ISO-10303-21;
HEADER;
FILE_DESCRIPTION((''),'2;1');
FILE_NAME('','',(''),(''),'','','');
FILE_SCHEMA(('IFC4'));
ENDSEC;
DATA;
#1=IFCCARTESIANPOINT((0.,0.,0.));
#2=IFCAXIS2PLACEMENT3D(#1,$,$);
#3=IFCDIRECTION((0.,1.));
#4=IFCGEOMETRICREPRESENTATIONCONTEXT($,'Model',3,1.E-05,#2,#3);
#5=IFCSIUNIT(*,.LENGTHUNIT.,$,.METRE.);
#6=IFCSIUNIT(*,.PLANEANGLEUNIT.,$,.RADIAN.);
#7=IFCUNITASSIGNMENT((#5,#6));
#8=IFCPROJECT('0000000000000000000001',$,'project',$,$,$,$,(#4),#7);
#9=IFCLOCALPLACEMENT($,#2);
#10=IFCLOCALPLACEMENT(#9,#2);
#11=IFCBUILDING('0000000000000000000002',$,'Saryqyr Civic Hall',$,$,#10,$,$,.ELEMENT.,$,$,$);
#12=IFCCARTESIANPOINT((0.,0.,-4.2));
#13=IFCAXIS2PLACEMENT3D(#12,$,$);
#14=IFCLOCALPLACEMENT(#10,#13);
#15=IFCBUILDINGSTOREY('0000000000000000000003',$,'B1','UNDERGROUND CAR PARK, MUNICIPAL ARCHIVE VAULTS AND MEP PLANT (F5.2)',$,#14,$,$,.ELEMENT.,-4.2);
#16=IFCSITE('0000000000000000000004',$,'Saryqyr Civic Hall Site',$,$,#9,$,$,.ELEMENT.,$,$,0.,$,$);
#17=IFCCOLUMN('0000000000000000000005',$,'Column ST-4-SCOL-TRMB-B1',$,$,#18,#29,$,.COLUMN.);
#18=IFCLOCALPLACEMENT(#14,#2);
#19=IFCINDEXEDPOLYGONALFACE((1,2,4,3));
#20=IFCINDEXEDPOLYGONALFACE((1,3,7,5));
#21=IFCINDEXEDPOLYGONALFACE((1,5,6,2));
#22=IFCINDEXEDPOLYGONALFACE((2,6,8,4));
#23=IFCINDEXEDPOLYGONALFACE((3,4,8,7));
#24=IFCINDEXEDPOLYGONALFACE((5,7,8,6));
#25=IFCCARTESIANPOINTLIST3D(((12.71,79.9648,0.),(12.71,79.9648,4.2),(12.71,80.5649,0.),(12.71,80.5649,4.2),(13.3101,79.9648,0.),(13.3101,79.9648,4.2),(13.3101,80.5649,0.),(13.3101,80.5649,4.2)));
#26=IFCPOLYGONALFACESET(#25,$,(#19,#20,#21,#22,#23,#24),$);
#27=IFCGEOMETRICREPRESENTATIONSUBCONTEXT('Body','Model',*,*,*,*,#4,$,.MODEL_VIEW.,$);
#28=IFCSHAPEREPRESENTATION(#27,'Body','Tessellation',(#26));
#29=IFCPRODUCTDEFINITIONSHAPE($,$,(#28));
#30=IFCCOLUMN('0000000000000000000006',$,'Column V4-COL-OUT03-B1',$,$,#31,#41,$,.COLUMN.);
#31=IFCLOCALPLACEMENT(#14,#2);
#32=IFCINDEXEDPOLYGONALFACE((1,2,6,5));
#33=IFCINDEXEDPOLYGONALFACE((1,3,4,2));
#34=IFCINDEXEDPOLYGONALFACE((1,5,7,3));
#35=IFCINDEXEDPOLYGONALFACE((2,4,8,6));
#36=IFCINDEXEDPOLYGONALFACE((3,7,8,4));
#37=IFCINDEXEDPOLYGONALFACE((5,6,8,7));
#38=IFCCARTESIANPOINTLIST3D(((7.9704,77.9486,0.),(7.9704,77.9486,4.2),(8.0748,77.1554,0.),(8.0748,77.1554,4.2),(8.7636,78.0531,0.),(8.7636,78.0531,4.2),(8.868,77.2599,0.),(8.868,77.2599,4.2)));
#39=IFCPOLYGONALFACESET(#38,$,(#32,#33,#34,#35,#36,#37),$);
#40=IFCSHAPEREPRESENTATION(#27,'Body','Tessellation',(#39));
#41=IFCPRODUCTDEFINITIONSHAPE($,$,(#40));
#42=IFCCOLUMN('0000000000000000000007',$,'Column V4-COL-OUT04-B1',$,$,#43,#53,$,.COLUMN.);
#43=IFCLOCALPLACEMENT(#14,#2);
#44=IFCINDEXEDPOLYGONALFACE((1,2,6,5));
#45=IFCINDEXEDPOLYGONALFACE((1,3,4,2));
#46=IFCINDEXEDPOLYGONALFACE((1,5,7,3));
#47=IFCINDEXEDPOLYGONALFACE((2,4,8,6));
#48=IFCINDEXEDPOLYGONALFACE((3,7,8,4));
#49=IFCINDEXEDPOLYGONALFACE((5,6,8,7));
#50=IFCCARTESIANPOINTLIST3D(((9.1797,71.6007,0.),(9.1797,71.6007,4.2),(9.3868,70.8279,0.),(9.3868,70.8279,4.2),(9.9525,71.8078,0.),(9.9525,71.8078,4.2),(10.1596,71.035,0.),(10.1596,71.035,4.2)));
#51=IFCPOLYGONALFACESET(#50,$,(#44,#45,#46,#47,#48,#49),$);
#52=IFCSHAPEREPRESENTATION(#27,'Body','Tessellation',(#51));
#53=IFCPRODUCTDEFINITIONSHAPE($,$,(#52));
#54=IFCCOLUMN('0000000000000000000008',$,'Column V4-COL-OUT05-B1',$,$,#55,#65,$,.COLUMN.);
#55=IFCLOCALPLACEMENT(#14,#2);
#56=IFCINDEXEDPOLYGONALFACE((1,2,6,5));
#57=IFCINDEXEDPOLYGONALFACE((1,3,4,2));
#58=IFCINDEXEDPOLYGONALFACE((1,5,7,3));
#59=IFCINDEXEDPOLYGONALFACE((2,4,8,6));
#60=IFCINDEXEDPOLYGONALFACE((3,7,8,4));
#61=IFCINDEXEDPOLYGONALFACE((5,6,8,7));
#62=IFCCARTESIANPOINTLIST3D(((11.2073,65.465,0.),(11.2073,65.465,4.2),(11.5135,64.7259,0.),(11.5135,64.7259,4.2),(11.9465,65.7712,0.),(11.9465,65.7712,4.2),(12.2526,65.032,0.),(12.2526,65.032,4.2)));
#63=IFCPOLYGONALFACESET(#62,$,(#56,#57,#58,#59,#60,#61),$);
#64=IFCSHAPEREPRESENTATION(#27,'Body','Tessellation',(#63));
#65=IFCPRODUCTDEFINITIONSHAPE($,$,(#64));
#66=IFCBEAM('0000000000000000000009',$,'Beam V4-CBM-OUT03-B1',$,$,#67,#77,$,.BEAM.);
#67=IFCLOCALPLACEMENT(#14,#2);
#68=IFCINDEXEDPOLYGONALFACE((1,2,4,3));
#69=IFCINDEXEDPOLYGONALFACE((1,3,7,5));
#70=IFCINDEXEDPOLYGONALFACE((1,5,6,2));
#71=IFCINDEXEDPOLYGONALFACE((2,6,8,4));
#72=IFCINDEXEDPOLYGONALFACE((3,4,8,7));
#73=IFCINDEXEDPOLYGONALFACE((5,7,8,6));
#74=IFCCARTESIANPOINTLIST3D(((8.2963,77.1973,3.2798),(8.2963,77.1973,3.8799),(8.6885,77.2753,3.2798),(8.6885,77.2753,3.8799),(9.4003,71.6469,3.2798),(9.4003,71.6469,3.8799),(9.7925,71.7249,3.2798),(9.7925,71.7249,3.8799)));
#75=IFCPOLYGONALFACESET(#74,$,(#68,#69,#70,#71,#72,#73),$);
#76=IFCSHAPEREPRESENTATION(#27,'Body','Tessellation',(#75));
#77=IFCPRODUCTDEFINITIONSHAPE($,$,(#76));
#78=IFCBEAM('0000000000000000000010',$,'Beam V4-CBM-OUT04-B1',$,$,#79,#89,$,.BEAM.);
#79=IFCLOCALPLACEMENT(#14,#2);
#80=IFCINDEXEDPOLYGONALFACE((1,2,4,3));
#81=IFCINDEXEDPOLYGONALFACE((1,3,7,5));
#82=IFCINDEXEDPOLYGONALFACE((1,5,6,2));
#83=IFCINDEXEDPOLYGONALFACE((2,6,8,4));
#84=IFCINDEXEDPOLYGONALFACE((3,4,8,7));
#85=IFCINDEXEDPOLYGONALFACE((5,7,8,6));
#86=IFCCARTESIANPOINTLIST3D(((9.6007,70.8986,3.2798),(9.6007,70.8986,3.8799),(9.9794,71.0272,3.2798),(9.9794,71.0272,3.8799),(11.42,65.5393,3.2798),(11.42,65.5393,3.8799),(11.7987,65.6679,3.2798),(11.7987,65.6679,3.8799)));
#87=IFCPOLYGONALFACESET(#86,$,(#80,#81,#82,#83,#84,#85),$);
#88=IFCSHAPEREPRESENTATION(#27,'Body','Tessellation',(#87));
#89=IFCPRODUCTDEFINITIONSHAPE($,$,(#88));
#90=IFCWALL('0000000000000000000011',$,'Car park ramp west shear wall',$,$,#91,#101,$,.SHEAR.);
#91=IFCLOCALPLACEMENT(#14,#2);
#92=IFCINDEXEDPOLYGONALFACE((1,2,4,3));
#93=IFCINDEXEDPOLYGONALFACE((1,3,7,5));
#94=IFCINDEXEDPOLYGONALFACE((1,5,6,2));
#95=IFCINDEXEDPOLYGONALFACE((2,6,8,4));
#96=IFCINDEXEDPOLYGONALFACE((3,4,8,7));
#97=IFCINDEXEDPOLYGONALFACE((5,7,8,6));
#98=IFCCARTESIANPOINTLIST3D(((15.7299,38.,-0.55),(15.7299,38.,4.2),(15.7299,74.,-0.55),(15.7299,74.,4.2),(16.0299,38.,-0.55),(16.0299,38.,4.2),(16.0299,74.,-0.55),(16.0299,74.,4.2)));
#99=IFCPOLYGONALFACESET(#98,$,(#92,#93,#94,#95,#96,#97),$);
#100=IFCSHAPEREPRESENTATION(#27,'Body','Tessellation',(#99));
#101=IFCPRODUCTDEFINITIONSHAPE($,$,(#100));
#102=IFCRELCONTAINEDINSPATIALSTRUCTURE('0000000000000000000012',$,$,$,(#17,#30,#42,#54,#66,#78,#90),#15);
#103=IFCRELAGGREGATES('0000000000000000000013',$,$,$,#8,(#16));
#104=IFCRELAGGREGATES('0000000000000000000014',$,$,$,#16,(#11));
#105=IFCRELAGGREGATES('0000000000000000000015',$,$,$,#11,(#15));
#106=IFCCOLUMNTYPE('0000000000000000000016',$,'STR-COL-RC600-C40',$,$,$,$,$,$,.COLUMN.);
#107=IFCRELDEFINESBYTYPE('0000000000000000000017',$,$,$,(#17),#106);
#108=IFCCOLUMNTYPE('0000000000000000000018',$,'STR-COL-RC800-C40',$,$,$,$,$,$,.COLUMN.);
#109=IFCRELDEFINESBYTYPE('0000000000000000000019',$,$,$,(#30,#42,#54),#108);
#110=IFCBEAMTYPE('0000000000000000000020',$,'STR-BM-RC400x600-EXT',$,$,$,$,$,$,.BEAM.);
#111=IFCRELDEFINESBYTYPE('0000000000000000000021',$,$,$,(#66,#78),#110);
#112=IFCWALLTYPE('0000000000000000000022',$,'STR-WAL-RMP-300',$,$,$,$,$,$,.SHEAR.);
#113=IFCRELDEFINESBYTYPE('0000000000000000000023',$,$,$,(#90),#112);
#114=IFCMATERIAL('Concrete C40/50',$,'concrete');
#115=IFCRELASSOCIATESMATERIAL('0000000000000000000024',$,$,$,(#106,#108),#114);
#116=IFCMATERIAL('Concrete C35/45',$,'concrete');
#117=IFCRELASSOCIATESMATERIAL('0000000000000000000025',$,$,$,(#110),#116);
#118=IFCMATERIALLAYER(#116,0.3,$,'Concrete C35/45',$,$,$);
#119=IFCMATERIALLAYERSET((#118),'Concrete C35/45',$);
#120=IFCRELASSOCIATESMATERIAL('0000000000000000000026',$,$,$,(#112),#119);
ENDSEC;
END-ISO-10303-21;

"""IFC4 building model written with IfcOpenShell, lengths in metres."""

from ifc_helpers import new_model, si_unit, direction, frame, frame_2d, origin, origin_2d, place, context, subcontext, project, spatial, rectangle, extrude, material, layer, layer_set, material_profile, profile_set, type_object, element, save


model = new_model("IFC4")

# Units and contexts
model_context = context("Model", 3, precision=1e-05, world=origin(), true_north=direction((0.0, 1.0)))
body_context = subcontext(model_context, "Body", "Model", "MODEL_VIEW")
ifc_project = project(units=[si_unit("LENGTHUNIT", "METRE"), si_unit("PLANEANGLEUNIT", "RADIAN")], contexts=[model_context])

# Site, building, storey
site_placement = place(None, origin())
site = spatial("IfcSite", under=ifc_project, at=site_placement, Name="Saryqyr Civic Hall Site", CompositionType="ELEMENT", RefElevation=0.0)
building_placement = place(site_placement, origin())
building = spatial("IfcBuilding", under=site, at=building_placement, Name="Saryqyr Civic Hall", CompositionType="ELEMENT")
storey_placement = place(building_placement, frame((0.0, 0.0, -4.2)))
storey = spatial("IfcBuildingStorey", under=building, at=storey_placement, Name="B1", Description="UNDERGROUND CAR PARK, MUNICIPAL ARCHIVE VAULTS AND MEP PLANT (F5.2)", CompositionType="ELEMENT", Elevation=-4.2)

# Shared definitions
ifc_material_1 = material(Name="Concrete C35/45", Category="concrete")

# Columns
ifc_material_2 = material(Name="Concrete C40/50", Category="concrete")
ifc_material_profile_1 = material_profile(ifc_material_2, rectangle(XDim=0.6001, YDim=0.6001, at=origin_2d()), Name="RC 600x600")
ifc_profile_set_1 = profile_set([ifc_material_profile_1], Name="Concrete C40/50")
column_type_1 = type_object("IfcColumnType", Name="STR-COL-RC600-C40", PredefinedType="COLUMN", material=ifc_profile_set_1)
for number, where, z_axis, x_axis, name in (
    (1, (13.01, 80.2649, 0.0), (0.0, 0.0, 1.0), (1.0, 0.0, 0.0), "Column ST-4-SCOL-TRMB-B1"),
):
    element("IfcColumn", number, at=place(storey_placement, frame(where, z_axis=z_axis, x_axis=x_axis)), inside=storey, type_object=column_type_1, Name=name, PredefinedType="COLUMN", context=body_context, shape_type="SweptSolid", body=[
        extrude(rectangle(XDim=0.6001, YDim=0.6001, at=origin_2d()), origin(), (0.0, 0.0, 1.0), 4.2),
    ])
ifc_material_profile_2 = material_profile(ifc_material_2, rectangle(XDim=0.8, YDim=0.8, at=origin_2d()), Name="RC 800x800")
ifc_profile_set_2 = profile_set([ifc_material_profile_2], Name="Concrete C40/50")
column_type_2 = type_object("IfcColumnType", Name="STR-COL-RC800-C40", PredefinedType="COLUMN", material=ifc_profile_set_2)
for number, where, z_axis, x_axis, name in (
    (2, (8.4192, 77.6042, 0.0), (0.0, 0.0, 1.0), (-0.991445, -0.130526, 0.0), "Column V4-COL-OUT03-B1"),
    (3, (9.6697, 71.3179, 0.0), (0.0, 0.0, 1.0), (-0.965926, -0.258819, 0.0), "Column V4-COL-OUT04-B1"),
    (4, (11.73, 65.2485, 0.0), (0.0, 0.0, 1.0), (-0.92388, -0.382683, 0.0), "Column V4-COL-OUT05-B1"),
):
    element("IfcColumn", number, at=place(storey_placement, frame(where, z_axis=z_axis, x_axis=x_axis)), inside=storey, type_object=column_type_2, Name=name, PredefinedType="COLUMN", context=body_context, shape_type="SweptSolid", body=[
        extrude(rectangle(XDim=0.8, YDim=0.8, at=origin_2d()), origin(), (0.0, 0.0, 1.0), 4.2),
    ])

# Beams
ifc_material_profile_3 = material_profile(ifc_material_1, rectangle(XDim=0.3999, YDim=0.6001, at=origin_2d()), Name="RC 400x600")
ifc_profile_set_3 = profile_set([ifc_material_profile_3], Name="Concrete C35/45")
beam_type = type_object("IfcBeamType", Name="STR-BM-RC400x600-EXT", PredefinedType="BEAM", material=ifc_profile_set_3)
beam_1_placement = place(storey_placement, frame((8.4924, 77.2363, 3.5798), z_axis=(0.195079, -0.980788, 0.0), x_axis=(0.980788, 0.195079, 0.0)))
element("IfcBeam", 5, at=beam_1_placement, inside=storey, type_object=beam_type, Name="Beam V4-CBM-OUT03-B1", PredefinedType="BEAM", context=body_context, shape_type="SweptSolid", body=[
    extrude(rectangle(XDim=0.3999, YDim=0.6001, at=origin_2d()), origin(), (0.0, 0.0, 1.0), 5.6592),
])
beam_2_placement = place(storey_placement, frame((9.79, 70.9629, 3.5798), z_axis=(0.321451, -0.946926, 0.0), x_axis=(0.946926, 0.321451, 0.0)))
element("IfcBeam", 6, at=beam_2_placement, inside=storey, type_object=beam_type, Name="Beam V4-CBM-OUT04-B1", PredefinedType="BEAM", context=body_context, shape_type="SweptSolid", body=[
    extrude(rectangle(XDim=0.3999, YDim=0.6001, at=origin_2d()), origin(), (0.0, 0.0, 1.0), 5.6597),
])

# Wall
ifc_layer = layer(ifc_material_1, 0.3, Name="Concrete C35/45")
ifc_layer_set = layer_set([ifc_layer], Name="Concrete C35/45")
wall_type = type_object("IfcWallType", Name="STR-WAL-RMP-300", PredefinedType="SHEAR", material=ifc_layer_set)
wall_placement = place(storey_placement, frame((15.8799, 74.0, -0.55), z_axis=(0.0, 0.0, 1.0), x_axis=(0.0, -1.0, 0.0)))
element("IfcWall", 7, at=wall_placement, inside=storey, type_object=wall_type, Name="Car park ramp west shear wall", PredefinedType="SHEAR", context=body_context, shape_type="SweptSolid", body=[
    extrude(rectangle(XDim=36.0, YDim=0.3, at=frame_2d((18.0, 0.0))), origin(), (0.0, 0.0, 1.0), 4.75),
])

save(model, "model.ifc")
